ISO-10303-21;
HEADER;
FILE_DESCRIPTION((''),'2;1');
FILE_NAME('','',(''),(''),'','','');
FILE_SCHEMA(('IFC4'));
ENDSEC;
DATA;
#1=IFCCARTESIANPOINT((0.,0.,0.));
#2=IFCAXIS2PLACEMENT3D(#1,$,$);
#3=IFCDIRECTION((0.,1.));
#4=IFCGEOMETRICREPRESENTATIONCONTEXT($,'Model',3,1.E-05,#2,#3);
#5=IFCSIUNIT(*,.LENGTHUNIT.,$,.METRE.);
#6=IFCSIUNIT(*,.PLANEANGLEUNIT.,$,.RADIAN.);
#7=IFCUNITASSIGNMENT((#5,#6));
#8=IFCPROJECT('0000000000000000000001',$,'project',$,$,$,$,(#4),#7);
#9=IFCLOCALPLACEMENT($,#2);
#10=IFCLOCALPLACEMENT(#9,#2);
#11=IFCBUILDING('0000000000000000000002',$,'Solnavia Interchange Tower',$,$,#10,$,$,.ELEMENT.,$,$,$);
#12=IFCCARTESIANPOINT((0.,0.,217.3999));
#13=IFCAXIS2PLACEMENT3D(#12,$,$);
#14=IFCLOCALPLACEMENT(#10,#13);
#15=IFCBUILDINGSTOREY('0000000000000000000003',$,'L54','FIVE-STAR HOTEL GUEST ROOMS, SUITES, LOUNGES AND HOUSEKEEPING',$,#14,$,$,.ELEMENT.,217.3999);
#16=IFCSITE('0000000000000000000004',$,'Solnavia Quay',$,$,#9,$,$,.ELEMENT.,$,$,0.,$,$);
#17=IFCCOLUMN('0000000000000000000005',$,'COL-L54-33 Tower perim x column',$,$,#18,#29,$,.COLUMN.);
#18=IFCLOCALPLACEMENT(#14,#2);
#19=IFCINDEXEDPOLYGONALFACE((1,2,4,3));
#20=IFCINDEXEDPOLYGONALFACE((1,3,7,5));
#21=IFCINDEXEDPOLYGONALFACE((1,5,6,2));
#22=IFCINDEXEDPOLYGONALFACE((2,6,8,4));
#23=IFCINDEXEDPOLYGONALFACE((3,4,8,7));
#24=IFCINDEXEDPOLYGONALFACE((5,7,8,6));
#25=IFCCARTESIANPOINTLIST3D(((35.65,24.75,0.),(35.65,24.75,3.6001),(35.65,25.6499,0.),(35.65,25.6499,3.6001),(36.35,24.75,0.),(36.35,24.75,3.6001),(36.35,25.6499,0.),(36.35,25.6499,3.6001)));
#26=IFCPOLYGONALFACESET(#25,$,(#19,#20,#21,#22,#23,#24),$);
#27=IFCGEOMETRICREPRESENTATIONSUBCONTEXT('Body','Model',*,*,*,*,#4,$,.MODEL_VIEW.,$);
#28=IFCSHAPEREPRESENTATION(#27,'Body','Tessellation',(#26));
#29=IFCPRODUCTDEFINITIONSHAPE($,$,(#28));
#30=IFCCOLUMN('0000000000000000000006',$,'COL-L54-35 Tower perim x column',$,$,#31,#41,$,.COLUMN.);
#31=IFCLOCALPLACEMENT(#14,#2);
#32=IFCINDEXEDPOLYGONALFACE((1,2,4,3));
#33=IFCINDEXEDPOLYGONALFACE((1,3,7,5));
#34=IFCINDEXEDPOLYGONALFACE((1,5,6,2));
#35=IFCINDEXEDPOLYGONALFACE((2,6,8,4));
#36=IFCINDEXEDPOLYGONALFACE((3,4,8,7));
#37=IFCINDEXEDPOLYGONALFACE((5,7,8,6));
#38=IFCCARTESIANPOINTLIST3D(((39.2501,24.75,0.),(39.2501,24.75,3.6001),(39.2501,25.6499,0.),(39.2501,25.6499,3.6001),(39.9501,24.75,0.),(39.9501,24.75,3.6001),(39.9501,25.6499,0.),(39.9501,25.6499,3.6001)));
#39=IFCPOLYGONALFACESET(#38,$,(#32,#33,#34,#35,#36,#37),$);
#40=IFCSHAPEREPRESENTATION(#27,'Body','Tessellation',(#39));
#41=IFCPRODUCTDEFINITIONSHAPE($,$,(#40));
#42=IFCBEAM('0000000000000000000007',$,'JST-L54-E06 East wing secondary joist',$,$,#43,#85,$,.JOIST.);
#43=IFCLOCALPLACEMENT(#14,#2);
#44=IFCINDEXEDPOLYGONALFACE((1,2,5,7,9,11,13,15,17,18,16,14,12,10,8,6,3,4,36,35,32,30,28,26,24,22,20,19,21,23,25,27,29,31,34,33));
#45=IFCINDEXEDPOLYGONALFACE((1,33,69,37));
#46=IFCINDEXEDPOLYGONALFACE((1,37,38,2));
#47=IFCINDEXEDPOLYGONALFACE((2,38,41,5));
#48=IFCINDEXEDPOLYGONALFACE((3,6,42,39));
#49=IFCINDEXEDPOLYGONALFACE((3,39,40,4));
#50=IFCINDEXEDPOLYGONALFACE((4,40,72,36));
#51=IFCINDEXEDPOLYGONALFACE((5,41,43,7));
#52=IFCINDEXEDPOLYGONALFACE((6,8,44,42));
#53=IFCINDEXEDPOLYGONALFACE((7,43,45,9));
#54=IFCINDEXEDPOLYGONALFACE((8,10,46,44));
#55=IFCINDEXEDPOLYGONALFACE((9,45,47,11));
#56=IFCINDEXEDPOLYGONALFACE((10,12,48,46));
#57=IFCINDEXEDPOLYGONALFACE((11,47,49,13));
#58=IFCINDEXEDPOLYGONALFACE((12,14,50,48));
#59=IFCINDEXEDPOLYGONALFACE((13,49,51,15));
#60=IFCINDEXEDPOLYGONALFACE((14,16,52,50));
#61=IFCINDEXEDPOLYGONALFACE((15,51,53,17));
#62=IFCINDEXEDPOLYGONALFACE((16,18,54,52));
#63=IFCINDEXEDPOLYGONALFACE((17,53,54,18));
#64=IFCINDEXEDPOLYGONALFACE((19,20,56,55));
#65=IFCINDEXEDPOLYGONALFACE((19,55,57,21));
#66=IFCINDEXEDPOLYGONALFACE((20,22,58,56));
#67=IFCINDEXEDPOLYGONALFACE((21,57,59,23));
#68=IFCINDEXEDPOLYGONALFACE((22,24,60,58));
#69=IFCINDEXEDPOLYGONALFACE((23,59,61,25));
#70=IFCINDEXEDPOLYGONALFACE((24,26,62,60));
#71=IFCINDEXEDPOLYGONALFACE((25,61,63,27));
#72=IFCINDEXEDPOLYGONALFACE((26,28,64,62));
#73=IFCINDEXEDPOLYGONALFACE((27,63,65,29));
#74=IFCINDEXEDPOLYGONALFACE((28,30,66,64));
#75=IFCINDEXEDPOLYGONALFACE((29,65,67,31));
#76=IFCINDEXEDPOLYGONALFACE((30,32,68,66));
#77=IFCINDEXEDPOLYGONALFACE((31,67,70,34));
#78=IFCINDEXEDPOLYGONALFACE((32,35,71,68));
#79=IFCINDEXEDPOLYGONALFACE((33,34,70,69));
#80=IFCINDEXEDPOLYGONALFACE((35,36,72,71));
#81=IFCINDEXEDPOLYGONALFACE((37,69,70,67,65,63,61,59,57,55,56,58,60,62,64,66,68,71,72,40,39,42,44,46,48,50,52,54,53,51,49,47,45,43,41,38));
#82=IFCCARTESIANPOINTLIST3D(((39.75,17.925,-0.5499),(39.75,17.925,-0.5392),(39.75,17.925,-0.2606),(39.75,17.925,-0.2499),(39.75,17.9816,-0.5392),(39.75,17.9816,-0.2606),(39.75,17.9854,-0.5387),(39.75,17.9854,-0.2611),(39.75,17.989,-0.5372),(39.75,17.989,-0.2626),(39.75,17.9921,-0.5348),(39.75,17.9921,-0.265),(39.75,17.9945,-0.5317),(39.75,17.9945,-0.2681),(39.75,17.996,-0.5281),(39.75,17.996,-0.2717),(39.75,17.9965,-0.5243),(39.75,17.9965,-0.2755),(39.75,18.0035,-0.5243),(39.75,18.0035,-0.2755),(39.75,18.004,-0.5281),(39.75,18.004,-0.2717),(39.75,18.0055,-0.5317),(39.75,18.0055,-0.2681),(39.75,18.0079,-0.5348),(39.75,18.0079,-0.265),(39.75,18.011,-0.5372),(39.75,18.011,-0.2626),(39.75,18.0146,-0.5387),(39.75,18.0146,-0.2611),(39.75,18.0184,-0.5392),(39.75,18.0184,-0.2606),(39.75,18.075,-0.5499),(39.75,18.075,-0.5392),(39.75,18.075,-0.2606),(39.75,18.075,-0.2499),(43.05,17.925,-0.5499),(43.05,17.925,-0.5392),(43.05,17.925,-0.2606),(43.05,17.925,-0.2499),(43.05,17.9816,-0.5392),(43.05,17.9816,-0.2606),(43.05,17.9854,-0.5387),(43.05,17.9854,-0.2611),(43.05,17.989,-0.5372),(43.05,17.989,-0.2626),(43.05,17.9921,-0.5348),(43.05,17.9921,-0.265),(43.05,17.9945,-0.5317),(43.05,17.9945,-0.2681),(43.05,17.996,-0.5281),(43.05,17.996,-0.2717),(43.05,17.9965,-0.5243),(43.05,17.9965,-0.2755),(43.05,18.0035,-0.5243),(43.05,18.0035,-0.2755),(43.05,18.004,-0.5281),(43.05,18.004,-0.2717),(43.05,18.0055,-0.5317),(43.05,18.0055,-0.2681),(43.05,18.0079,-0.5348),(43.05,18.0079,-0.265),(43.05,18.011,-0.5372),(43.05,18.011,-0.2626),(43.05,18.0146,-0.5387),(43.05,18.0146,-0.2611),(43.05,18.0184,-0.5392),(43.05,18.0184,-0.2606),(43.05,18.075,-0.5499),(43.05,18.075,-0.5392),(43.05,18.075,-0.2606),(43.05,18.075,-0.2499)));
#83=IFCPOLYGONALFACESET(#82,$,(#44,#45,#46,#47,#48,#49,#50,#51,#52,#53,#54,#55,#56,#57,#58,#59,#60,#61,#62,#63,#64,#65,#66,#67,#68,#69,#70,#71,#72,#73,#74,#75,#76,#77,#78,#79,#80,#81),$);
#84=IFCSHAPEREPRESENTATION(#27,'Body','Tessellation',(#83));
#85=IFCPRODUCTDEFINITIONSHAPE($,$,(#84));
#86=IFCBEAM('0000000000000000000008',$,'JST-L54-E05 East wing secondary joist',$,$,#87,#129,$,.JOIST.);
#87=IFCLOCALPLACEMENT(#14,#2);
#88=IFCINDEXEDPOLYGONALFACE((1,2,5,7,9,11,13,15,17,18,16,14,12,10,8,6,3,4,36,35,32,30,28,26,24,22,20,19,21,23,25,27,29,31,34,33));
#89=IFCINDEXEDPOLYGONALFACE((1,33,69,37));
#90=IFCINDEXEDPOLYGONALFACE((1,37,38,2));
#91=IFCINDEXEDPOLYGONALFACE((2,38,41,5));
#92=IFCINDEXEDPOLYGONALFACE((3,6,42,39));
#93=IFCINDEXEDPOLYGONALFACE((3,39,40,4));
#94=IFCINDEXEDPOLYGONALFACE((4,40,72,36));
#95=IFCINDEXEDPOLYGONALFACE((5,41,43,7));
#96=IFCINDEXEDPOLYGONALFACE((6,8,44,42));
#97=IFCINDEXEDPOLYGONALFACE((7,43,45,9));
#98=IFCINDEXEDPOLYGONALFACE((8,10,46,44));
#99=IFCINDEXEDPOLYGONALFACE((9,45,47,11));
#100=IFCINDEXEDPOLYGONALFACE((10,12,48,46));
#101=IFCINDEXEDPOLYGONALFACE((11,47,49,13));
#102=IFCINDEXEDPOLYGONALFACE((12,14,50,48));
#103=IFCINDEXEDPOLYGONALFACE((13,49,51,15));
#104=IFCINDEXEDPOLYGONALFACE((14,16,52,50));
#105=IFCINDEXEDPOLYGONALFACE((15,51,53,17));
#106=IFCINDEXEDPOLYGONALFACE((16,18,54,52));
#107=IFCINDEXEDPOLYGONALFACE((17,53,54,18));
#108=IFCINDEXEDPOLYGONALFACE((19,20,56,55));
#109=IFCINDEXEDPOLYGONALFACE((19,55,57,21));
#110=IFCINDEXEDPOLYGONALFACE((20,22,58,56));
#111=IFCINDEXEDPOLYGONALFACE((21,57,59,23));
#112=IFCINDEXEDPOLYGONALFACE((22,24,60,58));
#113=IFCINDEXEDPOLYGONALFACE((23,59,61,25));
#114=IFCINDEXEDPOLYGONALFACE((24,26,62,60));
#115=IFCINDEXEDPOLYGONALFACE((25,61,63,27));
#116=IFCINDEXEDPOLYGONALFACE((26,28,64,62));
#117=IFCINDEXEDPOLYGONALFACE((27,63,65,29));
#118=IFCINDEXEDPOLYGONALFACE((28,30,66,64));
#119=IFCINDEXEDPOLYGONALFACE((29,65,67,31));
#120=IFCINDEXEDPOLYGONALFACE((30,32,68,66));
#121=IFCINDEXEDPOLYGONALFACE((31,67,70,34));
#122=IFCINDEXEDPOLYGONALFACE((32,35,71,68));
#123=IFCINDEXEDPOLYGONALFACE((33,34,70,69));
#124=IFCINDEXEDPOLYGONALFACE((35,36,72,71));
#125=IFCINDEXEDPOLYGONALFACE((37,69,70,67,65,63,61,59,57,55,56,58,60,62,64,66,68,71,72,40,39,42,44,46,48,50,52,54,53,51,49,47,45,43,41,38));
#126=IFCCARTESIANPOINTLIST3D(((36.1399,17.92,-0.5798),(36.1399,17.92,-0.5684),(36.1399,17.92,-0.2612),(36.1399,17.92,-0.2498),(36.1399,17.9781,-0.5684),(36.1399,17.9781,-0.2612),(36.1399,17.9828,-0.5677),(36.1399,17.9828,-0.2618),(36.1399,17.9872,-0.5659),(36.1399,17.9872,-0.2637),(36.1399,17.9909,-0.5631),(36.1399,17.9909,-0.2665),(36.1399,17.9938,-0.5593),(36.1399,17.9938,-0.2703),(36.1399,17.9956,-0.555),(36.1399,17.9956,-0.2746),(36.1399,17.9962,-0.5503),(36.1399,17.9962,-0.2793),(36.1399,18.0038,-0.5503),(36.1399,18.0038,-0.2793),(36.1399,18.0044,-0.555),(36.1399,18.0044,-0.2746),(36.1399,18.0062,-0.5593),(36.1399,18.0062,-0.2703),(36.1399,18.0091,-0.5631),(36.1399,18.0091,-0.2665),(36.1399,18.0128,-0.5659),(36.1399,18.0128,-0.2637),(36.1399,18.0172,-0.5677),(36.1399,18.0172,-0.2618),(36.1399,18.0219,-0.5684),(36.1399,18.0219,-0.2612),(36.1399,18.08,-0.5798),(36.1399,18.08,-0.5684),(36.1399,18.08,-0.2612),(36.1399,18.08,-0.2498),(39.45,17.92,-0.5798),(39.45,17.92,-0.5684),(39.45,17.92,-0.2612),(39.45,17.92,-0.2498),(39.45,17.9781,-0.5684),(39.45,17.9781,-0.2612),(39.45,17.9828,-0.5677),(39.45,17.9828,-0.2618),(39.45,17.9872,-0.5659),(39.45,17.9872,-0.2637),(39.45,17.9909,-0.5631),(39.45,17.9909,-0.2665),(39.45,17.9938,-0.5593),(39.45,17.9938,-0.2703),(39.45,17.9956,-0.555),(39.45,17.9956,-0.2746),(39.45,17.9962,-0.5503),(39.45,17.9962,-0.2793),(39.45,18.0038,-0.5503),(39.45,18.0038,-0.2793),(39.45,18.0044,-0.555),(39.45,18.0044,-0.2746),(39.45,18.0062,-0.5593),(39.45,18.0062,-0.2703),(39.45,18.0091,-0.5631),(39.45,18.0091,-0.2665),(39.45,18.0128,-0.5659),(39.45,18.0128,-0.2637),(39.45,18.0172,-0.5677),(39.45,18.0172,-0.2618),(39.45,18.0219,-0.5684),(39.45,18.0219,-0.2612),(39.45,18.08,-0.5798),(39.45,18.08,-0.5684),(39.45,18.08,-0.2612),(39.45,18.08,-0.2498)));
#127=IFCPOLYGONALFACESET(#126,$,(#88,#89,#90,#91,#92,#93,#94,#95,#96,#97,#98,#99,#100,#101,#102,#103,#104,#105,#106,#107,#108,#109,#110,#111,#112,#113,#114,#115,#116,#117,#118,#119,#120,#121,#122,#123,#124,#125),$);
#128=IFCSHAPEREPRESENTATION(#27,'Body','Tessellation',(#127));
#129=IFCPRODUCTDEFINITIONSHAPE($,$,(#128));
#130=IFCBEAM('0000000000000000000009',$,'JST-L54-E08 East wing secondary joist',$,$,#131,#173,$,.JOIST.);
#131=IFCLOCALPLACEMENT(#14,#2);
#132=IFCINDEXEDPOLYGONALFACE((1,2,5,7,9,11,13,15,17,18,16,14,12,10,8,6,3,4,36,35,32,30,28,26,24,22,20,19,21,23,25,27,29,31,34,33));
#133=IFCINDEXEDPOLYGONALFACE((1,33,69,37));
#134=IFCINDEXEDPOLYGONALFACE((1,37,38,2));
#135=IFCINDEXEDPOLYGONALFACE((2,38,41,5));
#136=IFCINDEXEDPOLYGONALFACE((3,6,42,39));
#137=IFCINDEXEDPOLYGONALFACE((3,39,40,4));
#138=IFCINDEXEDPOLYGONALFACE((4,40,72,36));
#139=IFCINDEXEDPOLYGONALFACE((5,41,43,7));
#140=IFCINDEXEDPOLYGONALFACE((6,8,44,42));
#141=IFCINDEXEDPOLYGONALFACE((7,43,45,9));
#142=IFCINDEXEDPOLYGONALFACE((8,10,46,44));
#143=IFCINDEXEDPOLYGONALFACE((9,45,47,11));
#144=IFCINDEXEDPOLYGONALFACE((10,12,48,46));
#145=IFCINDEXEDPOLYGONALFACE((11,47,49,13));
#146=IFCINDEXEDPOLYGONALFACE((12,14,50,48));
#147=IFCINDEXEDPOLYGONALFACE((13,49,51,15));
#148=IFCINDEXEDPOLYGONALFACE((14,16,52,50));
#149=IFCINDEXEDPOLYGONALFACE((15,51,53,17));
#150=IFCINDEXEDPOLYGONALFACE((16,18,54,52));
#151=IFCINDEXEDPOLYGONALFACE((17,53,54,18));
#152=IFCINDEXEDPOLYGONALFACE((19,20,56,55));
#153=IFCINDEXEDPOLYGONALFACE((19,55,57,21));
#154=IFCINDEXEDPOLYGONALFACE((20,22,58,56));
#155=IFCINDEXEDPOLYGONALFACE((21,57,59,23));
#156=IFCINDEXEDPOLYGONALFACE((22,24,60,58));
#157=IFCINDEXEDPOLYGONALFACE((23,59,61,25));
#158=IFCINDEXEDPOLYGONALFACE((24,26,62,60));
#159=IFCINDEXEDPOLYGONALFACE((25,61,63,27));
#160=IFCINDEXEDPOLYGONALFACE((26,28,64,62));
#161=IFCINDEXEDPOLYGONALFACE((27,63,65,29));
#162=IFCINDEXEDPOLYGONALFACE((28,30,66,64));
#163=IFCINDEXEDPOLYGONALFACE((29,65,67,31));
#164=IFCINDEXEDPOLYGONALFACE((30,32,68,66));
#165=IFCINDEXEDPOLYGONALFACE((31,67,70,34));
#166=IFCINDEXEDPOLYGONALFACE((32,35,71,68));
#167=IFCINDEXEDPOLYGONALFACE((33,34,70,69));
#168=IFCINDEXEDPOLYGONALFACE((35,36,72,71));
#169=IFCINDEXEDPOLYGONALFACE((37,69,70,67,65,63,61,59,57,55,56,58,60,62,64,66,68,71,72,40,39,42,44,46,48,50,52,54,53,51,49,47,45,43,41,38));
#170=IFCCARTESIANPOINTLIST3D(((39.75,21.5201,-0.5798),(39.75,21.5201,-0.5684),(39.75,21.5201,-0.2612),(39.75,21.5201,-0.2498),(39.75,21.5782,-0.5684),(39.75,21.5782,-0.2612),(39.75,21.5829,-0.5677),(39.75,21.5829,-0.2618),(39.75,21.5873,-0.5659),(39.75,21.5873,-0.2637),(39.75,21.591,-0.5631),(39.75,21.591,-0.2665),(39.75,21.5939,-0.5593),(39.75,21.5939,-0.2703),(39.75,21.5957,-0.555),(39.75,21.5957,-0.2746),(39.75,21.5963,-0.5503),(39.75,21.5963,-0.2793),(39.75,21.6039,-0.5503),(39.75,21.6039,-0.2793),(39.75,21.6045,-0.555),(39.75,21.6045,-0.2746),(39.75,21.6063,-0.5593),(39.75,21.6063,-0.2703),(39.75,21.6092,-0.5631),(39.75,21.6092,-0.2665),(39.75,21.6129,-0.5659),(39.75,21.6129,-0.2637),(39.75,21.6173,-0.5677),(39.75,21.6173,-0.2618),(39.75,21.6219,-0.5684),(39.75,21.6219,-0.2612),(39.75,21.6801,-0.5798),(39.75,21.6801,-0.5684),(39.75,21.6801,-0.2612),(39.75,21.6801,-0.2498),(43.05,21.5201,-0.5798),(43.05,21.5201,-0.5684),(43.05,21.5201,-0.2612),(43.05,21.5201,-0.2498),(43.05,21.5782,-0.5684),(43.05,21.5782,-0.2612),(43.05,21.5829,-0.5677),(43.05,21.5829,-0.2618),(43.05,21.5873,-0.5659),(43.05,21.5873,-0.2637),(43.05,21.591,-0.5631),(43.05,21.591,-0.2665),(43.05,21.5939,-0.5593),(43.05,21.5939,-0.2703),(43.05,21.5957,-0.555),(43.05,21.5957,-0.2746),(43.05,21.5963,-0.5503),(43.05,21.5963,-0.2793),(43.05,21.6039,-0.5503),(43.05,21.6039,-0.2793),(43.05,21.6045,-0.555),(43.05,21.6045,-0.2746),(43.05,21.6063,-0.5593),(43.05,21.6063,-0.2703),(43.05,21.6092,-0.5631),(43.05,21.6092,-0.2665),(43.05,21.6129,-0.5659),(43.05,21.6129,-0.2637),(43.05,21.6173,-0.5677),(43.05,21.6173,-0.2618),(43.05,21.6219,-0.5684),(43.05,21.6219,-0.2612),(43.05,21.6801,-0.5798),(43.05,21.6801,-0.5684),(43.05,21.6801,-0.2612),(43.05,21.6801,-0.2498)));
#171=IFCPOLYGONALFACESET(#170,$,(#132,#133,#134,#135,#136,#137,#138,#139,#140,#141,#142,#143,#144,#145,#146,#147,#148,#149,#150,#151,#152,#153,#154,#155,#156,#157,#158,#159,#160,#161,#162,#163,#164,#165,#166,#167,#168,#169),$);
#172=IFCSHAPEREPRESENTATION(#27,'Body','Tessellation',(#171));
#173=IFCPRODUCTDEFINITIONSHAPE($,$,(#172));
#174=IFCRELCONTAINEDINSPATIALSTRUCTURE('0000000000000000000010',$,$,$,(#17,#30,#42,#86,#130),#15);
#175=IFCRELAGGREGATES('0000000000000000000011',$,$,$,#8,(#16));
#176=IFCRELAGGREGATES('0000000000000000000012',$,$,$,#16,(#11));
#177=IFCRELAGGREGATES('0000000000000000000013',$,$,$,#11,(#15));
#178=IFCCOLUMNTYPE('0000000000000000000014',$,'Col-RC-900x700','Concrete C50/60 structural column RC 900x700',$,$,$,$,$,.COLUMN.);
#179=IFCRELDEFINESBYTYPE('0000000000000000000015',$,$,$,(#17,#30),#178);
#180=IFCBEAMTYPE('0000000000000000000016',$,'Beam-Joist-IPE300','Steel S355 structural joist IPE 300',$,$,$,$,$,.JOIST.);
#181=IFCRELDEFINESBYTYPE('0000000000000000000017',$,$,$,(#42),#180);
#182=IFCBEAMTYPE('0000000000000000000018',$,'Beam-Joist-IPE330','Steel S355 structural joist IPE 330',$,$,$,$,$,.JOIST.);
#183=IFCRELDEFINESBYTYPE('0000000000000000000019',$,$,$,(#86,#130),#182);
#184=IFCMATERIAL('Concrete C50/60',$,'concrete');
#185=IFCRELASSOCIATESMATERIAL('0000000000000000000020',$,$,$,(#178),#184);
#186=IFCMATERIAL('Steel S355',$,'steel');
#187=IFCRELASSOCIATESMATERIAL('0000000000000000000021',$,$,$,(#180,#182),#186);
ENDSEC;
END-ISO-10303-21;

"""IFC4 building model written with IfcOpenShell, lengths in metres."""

from ifc_helpers import new_model, si_unit, direction, frame, origin, origin_2d, place, context, subcontext, project, spatial, rectangle, i_section, extrude, material, material_profile, profile_set, type_object, element, save


model = new_model("IFC4")

# Units and contexts
model_context = context("Model", 3, precision=1e-05, world=origin(), true_north=direction((0.0, 1.0)))
body_context = subcontext(model_context, "Body", "Model", "MODEL_VIEW")
ifc_project = project(units=[si_unit("LENGTHUNIT", "METRE"), si_unit("PLANEANGLEUNIT", "RADIAN")], contexts=[model_context])

# Site, building, storey
site_placement = place(None, origin())
site = spatial("IfcSite", under=ifc_project, at=site_placement, Name="Solnavia Quay", CompositionType="ELEMENT", RefElevation=0.0)
building_placement = place(site_placement, origin())
building = spatial("IfcBuilding", under=site, at=building_placement, Name="Solnavia Interchange Tower", CompositionType="ELEMENT")
storey_placement = place(building_placement, frame((0.0, 0.0, 217.3999)))
storey = spatial("IfcBuildingStorey", under=building, at=storey_placement, Name="L54", Description="FIVE-STAR HOTEL GUEST ROOMS, SUITES, LOUNGES AND HOUSEKEEPING", CompositionType="ELEMENT", Elevation=217.3999)

# Columns
ifc_material_1 = material(Name="Concrete C50/60", Category="concrete")
ifc_material_profile_1 = material_profile(ifc_material_1, rectangle(XDim=0.7, YDim=0.8999, at=origin_2d()), Name="RC 900x700")
ifc_profile_set_1 = profile_set([ifc_material_profile_1], Name="Concrete C50/60")
column_type = type_object("IfcColumnType", Name="Col-RC-900x700", Description="Concrete C50/60 structural column RC 900x700", PredefinedType="COLUMN", material=ifc_profile_set_1)
for number, where, z_axis, x_axis, name in (
    (1, (36.0, 25.2, 0.0), (0.0, 0.0, 1.0), (1.0, 0.0, 0.0), "COL-L54-33 Tower perim x column"),
    (2, (39.6001, 25.2, 0.0), (0.0, 0.0, 1.0), (1.0, 0.0, 0.0), "COL-L54-35 Tower perim x column"),
):
    element("IfcColumn", number, at=place(storey_placement, frame(where, z_axis=z_axis, x_axis=x_axis)), inside=storey, type_object=column_type, Name=name, PredefinedType="COLUMN", context=body_context, shape_type="SweptSolid", body=[
        extrude(rectangle(XDim=0.7, YDim=0.8999, at=origin_2d()), origin(), (0.0, 0.0, 1.0), 3.6001),
    ])

# Beams
ifc_material_2 = material(Name="Steel S355", Category="steel")
ifc_material_profile_2 = material_profile(ifc_material_2, i_section(OverallWidth=0.1499, OverallDepth=0.3, WebThickness=0.0071, FlangeThickness=0.0107, FilletRadius=0.0149, at=origin_2d()), Name="IPE 300")
ifc_profile_set_2 = profile_set([ifc_material_profile_2], Name="Steel S355")
beam_type_1 = type_object("IfcBeamType", Name="Beam-Joist-IPE300", Description="Steel S355 structural joist IPE 300", PredefinedType="JOIST", material=ifc_profile_set_2)
beam_1_placement = place(storey_placement, frame((39.75, 18.0, -0.3999), z_axis=(1.0, 0.0, 0.0), x_axis=(0.0, 1.0, 0.0)))
element("IfcBeam", 3, at=beam_1_placement, inside=storey, type_object=beam_type_1, Name="JST-L54-E06 East wing secondary joist", PredefinedType="JOIST", context=body_context, shape_type="SweptSolid", body=[
    extrude(i_section(OverallWidth=0.1499, OverallDepth=0.3, WebThickness=0.0071, FlangeThickness=0.0107, FilletRadius=0.0149, at=origin_2d()), origin(), (0.0, 0.0, 1.0), 3.3),
])
ifc_material_profile_3 = material_profile(ifc_material_2, i_section(OverallWidth=0.1599, OverallDepth=0.3301, WebThickness=0.0076, FlangeThickness=0.0115, FilletRadius=0.0181, at=origin_2d()), Name="IPE 330")
ifc_profile_set_3 = profile_set([ifc_material_profile_3], Name="Steel S355")
beam_type_2 = type_object("IfcBeamType", Name="Beam-Joist-IPE330", Description="Steel S355 structural joist IPE 330", PredefinedType="JOIST", material=ifc_profile_set_3)
beam_2_placement = place(storey_placement, frame((36.1399, 18.0, -0.4148), z_axis=(1.0, 0.0, 0.0), x_axis=(0.0, 1.0, 0.0)))
element("IfcBeam", 4, at=beam_2_placement, inside=storey, type_object=beam_type_2, Name="JST-L54-E05 East wing secondary joist", PredefinedType="JOIST", context=body_context, shape_type="SweptSolid", body=[
    extrude(i_section(OverallWidth=0.1599, OverallDepth=0.3301, WebThickness=0.0076, FlangeThickness=0.0115, FilletRadius=0.0181, at=origin_2d()), origin(), (0.0, 0.0, 1.0), 3.3101),
])
beam_3_placement = place(storey_placement, frame((39.75, 21.6001, -0.4148), z_axis=(1.0, 0.0, 0.0), x_axis=(0.0, 1.0, 0.0)))
element("IfcBeam", 5, at=beam_3_placement, inside=storey, type_object=beam_type_2, Name="JST-L54-E08 East wing secondary joist", PredefinedType="JOIST", context=body_context, shape_type="SweptSolid", body=[
    extrude(i_section(OverallWidth=0.1599, OverallDepth=0.3301, WebThickness=0.0076, FlangeThickness=0.0115, FilletRadius=0.0181, at=origin_2d()), origin(), (0.0, 0.0, 1.0), 3.3),
])

save(model, "model.ifc")
